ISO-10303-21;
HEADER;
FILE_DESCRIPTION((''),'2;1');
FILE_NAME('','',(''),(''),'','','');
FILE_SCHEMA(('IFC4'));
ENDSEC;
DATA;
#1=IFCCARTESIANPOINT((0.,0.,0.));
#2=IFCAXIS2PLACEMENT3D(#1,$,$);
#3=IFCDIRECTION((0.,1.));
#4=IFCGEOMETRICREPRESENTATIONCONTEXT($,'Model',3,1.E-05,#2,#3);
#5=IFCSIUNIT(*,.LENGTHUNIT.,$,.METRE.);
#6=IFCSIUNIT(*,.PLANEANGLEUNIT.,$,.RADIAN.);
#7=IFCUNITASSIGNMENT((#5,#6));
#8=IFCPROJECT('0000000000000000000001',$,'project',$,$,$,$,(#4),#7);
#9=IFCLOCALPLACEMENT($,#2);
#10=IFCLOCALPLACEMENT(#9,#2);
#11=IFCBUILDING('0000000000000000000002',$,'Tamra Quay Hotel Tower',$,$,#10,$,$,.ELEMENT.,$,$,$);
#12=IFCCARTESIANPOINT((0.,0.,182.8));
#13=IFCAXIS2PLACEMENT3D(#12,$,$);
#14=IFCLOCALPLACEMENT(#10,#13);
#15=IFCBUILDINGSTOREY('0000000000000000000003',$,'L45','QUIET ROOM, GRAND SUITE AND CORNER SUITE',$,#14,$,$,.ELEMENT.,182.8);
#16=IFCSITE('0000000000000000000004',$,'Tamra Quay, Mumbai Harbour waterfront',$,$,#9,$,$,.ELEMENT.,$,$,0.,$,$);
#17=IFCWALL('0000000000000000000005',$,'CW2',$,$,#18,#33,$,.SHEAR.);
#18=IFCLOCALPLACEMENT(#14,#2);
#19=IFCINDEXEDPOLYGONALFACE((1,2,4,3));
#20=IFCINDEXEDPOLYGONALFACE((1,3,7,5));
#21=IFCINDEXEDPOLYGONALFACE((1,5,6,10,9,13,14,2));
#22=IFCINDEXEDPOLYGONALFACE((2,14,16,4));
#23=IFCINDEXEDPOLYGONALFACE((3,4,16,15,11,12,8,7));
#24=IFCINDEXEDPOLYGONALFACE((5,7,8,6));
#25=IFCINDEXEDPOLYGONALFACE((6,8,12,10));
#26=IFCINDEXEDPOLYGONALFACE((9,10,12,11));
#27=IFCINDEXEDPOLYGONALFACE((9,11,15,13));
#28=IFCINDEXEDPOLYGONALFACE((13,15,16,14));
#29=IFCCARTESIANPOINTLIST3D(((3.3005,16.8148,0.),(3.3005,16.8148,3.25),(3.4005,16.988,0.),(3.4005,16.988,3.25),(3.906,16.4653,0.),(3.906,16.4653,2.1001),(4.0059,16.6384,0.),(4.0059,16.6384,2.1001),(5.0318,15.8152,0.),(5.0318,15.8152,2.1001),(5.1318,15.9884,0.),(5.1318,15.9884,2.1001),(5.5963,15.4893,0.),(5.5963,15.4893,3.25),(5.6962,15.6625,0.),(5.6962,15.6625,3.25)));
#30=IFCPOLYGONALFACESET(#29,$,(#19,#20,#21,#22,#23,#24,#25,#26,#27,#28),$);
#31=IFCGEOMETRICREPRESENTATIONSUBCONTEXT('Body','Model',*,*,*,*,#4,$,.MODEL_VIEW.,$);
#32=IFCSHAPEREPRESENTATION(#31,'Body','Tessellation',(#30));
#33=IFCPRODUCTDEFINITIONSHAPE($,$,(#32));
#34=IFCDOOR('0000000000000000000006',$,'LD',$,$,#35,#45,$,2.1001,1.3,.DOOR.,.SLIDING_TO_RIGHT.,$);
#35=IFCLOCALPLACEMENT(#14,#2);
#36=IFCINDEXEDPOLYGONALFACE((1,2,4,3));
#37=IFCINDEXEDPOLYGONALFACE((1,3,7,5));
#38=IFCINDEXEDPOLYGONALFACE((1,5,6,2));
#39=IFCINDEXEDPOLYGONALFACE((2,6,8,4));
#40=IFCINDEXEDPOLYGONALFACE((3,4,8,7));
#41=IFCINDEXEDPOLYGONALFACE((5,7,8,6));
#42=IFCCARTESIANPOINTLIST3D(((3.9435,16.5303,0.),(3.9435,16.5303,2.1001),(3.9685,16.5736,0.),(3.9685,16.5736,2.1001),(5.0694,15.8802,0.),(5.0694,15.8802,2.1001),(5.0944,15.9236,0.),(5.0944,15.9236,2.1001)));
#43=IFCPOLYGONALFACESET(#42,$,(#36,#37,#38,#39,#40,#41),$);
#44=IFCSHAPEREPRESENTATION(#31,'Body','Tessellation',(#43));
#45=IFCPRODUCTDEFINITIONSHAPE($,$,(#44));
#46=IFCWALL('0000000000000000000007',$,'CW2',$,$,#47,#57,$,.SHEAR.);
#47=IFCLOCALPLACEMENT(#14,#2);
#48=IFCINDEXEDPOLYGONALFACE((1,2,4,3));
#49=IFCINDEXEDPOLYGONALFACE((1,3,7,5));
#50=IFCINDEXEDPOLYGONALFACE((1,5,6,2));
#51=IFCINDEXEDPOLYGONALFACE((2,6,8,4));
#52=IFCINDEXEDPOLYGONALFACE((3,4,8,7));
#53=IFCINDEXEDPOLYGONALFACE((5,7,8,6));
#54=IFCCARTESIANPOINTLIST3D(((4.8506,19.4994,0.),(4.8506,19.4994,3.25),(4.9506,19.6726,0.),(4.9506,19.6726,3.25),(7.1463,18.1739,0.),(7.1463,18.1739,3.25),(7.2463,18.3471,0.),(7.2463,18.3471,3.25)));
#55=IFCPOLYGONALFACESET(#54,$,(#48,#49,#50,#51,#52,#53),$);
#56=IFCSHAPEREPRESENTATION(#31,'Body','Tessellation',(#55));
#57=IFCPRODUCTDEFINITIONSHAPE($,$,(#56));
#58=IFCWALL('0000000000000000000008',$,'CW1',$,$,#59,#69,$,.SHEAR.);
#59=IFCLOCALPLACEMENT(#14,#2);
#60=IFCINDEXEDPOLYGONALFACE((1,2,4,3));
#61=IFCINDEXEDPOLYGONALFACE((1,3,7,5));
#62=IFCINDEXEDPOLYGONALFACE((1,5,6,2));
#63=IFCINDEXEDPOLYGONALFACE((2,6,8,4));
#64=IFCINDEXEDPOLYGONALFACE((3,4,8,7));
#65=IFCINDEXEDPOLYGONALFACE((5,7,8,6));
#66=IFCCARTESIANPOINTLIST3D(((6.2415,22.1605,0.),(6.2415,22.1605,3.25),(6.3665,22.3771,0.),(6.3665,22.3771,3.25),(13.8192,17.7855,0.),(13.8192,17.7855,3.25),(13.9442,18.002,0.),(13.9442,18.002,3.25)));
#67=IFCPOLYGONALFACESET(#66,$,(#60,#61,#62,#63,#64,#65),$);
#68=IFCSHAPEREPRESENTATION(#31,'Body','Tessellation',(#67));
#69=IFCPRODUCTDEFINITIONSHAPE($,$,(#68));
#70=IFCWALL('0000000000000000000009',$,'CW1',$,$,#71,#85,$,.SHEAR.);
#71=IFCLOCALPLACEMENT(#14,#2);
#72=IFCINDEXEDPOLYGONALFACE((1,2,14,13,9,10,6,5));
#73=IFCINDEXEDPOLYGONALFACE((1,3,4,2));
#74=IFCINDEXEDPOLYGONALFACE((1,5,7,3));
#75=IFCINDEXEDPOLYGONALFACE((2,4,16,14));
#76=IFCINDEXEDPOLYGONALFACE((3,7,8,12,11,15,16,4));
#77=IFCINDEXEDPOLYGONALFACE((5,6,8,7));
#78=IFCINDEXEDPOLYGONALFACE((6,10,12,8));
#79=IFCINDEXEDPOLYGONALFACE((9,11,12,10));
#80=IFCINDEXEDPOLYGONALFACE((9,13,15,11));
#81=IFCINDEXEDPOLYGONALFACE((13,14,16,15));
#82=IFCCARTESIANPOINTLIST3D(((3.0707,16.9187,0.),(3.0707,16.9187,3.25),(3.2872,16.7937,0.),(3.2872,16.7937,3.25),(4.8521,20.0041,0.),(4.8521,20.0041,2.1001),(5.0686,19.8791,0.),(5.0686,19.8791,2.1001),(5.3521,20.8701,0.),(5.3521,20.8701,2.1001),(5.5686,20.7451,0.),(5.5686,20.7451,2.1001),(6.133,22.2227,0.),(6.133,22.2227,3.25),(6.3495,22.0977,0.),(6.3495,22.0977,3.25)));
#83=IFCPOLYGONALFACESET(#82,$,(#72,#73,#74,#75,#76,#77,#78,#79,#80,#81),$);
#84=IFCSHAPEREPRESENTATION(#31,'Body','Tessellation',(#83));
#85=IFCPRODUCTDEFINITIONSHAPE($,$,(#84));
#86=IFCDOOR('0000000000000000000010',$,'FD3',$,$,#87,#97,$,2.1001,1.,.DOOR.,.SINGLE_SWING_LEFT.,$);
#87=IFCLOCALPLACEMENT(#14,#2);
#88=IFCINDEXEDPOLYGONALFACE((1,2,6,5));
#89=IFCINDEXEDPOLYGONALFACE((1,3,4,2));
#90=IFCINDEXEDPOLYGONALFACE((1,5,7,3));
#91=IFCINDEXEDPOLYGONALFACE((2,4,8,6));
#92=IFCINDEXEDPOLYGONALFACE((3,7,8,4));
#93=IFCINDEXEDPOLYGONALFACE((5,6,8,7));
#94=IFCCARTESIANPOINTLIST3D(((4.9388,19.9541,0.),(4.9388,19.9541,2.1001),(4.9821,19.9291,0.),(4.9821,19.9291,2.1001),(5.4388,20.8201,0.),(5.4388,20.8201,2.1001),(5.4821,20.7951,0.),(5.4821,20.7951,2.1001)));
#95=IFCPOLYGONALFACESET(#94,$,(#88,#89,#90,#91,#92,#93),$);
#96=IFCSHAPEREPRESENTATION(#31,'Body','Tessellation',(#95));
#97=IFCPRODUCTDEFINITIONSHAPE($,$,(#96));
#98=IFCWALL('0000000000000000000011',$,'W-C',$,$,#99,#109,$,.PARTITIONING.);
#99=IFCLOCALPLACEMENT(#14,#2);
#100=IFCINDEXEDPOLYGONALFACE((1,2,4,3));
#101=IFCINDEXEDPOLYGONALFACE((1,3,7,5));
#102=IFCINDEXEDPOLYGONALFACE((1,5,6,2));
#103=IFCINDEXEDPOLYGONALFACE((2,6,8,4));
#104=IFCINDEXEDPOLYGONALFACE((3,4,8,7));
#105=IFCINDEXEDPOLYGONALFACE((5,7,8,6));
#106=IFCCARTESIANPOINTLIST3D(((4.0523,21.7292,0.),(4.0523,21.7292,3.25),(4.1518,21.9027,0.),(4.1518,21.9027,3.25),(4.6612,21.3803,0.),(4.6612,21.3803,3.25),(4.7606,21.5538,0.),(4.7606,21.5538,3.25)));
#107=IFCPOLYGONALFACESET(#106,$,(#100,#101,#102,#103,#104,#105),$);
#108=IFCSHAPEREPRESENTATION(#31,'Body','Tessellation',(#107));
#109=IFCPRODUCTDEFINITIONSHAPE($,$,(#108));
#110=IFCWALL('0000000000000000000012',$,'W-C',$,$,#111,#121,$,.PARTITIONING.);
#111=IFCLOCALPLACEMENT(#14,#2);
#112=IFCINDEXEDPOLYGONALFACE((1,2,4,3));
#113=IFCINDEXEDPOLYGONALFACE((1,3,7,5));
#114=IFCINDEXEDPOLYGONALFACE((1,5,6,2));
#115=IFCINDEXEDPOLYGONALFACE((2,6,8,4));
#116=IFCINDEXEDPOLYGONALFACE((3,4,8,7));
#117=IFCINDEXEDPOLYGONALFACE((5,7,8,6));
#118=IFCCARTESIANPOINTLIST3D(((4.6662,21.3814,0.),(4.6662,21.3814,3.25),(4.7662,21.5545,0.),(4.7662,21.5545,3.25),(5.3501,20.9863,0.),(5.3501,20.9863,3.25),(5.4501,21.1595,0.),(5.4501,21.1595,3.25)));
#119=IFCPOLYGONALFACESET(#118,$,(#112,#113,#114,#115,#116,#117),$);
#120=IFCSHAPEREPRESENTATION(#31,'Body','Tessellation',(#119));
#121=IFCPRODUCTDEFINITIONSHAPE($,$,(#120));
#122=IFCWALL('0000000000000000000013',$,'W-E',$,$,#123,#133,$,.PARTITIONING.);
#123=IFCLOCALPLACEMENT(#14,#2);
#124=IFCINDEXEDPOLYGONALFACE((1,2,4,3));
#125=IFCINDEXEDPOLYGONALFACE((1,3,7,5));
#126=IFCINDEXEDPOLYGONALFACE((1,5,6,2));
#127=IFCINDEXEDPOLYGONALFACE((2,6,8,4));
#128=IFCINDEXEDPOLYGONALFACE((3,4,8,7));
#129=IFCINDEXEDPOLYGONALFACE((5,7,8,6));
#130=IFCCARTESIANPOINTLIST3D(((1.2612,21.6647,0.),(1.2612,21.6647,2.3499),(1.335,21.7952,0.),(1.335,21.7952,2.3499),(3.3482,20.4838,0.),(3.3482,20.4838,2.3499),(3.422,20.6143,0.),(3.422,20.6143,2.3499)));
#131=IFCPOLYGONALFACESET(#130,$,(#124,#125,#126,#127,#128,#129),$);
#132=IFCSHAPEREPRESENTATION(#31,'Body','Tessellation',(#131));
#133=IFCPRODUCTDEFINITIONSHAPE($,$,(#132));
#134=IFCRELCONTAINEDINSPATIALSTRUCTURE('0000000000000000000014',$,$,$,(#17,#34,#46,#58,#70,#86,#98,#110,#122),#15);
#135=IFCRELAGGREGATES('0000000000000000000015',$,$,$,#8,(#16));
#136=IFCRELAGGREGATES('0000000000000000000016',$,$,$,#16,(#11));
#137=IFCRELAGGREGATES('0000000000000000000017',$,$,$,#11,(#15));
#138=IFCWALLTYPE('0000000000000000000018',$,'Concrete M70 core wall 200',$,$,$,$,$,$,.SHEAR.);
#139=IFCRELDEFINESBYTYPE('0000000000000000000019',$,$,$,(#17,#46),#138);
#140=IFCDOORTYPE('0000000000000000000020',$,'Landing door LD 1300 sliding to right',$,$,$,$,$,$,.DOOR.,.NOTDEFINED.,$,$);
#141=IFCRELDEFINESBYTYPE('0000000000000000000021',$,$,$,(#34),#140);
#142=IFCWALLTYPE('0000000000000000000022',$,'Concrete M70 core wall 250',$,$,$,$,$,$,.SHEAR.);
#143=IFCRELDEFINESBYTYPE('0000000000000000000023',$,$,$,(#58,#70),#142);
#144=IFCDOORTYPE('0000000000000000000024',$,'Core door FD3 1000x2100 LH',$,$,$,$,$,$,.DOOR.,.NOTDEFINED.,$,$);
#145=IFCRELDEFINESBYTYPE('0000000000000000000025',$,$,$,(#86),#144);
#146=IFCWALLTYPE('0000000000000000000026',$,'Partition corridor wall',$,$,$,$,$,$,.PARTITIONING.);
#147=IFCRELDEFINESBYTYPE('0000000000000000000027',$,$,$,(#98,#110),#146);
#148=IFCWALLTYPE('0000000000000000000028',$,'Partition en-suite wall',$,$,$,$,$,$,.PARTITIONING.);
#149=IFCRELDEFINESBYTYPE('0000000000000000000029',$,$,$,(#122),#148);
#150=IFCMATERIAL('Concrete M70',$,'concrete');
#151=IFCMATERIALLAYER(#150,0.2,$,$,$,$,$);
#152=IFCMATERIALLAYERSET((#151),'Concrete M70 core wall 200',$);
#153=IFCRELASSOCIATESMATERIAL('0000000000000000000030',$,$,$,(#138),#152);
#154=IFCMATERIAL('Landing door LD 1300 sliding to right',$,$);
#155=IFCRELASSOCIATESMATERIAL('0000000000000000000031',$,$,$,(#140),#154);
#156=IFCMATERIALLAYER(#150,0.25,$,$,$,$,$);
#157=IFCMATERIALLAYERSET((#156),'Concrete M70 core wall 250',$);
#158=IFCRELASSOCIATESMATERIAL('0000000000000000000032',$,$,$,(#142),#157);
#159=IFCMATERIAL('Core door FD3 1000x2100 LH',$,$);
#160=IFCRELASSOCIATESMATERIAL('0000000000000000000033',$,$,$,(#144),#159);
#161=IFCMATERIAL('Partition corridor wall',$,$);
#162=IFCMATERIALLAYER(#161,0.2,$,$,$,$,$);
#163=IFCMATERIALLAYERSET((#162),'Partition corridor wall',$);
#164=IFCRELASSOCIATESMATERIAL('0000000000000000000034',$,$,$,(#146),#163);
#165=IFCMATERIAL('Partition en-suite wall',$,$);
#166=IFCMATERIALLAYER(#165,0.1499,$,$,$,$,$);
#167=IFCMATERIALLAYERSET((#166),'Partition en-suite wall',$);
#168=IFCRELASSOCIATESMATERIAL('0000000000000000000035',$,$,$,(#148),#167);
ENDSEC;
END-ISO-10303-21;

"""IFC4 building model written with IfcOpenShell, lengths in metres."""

from ifc_helpers import new_model, si_unit, direction, frame, frame_2d, origin, place, context, subcontext, project, spatial, rectangle, extrude, material, layer, layer_set, type_object, element, fill, save


model = new_model("IFC4")

# Units and contexts
model_context = context("Model", 3, precision=1e-05, world=origin(), true_north=direction((0.0, 1.0)))
body_context = subcontext(model_context, "Body", "Model", "MODEL_VIEW")
ifc_project = project(units=[si_unit("LENGTHUNIT", "METRE"), si_unit("PLANEANGLEUNIT", "RADIAN")], contexts=[model_context])

# Site, building, storey
site_placement = place(None, origin())
site = spatial("IfcSite", under=ifc_project, at=site_placement, Name="Tamra Quay, Mumbai Harbour waterfront", CompositionType="ELEMENT", RefElevation=0.0)
building_placement = place(site_placement, origin())
building = spatial("IfcBuilding", under=site, at=building_placement, Name="Tamra Quay Hotel Tower", CompositionType="ELEMENT")
storey_placement = place(building_placement, frame((0.0, 0.0, 182.8)))
storey = spatial("IfcBuildingStorey", under=building, at=storey_placement, Name="L45", Description="QUIET ROOM, GRAND SUITE AND CORNER SUITE", CompositionType="ELEMENT", Elevation=182.8)

# Shared definitions
ifc_material_1 = material(Name="Concrete M70", Category="concrete")

# Shared definitions
ifc_layer_1 = layer(ifc_material_1, 0.2)
ifc_layer_set_1 = layer_set([ifc_layer_1], Name="Concrete M70 core wall 200")
wall_type_1 = type_object("IfcWallType", Name="Concrete M70 core wall 200", PredefinedType="SHEAR", material=ifc_layer_set_1)

# Wall, opening, door
wall_1_placement = place(storey_placement, frame((5.6462, 15.5759, 0.0), z_axis=(0.0, 0.0, 1.0), x_axis=(-0.866018, 0.500012, 0.0)))
wall_1 = element("IfcWall", 1, at=wall_1_placement, inside=storey, type_object=wall_type_1, Name="CW2", PredefinedType="SHEAR", context=body_context, shape_type="SweptSolid", body=[
    extrude(rectangle(XDim=2.6509, YDim=0.2, at=frame_2d((1.3254, 0.0))), origin(), (0.0, 0.0, 1.0), 3.25),
])
opening_1_placement = place(wall_1_placement, frame((0.6519, 0.0, 0.0)))
opening_1 = element("IfcOpeningElement", 2, at=opening_1_placement, cuts=wall_1, PredefinedType="OPENING", context=body_context, shape_type="SweptSolid", body=[
    extrude(rectangle(XDim=1.3, YDim=2.1001, at=frame_2d((0.6499, 1.05))), frame((0.0, 0.1099, 0.0), z_axis=(0.0, -1.0, 0.0), x_axis=(1.0, 0.0, 0.0)), (0.0, 0.0, 1.0), 0.22),
])
ifc_material_2 = material(Name="Landing door LD 1300 sliding to right")
door_type_1 = type_object("IfcDoorType", Name="Landing door LD 1300 sliding to right", OperationType="NOTDEFINED", PredefinedType="DOOR", material=ifc_material_2)
door_1_placement = place(opening_1_placement, origin())
door_1 = element("IfcDoor", 3, at=door_1_placement, inside=storey, type_object=door_type_1, Name="LD", OperationType="SLIDING_TO_RIGHT", OverallHeight=2.1001, OverallWidth=1.3, PredefinedType="DOOR", context=body_context, shape_type="SweptSolid", body=[
    extrude(rectangle(XDim=1.3, YDim=2.1001, at=frame_2d((0.6499, 1.05))), frame((0.0, 0.0249, 0.0), z_axis=(0.0, -1.0, 0.0), x_axis=(1.0, 0.0, 0.0)), (0.0, 0.0, 1.0), 0.05),
])
fill(opening_1, door_1)

# Walls
wall_2_placement = place(storey_placement, frame((7.1963, 18.2605, 0.0), z_axis=(0.0, 0.0, 1.0), x_axis=(-0.866018, 0.500012, 0.0)))
element("IfcWall", 4, at=wall_2_placement, inside=storey, type_object=wall_type_1, Name="CW2", PredefinedType="SHEAR", context=body_context, shape_type="SweptSolid", body=[
    extrude(rectangle(XDim=2.6509, YDim=0.2, at=frame_2d((1.3254, 0.0))), origin(), (0.0, 0.0, 1.0), 3.25),
])
ifc_layer_2 = layer(ifc_material_1, 0.25)
ifc_layer_set_2 = layer_set([ifc_layer_2], Name="Concrete M70 core wall 250")
wall_type_2 = type_object("IfcWallType", Name="Concrete M70 core wall 250", PredefinedType="SHEAR", material=ifc_layer_set_2)
wall_3_placement = place(storey_placement, frame((6.304, 22.2688, 0.0), z_axis=(0.0, 0.0, 1.0), x_axis=(0.866023, -0.500004, 0.0)))
element("IfcWall", 5, at=wall_3_placement, inside=storey, type_object=wall_type_2, Name="CW1", PredefinedType="SHEAR", context=body_context, shape_type="SweptSolid", body=[
    extrude(rectangle(XDim=8.75, YDim=0.25, at=frame_2d((4.375, 0.0))), origin(), (0.0, 0.0, 1.0), 3.25),
])

# Wall, opening, door
wall_4_placement = place(storey_placement, frame((3.179, 16.8562, 0.0), z_axis=(0.0, 0.0, 1.0), x_axis=(0.500002, 0.866024, 0.0)))
wall_4 = element("IfcWall", 6, at=wall_4_placement, inside=storey, type_object=wall_type_2, Name="CW1", PredefinedType="SHEAR", context=body_context, shape_type="SweptSolid", body=[
    extrude(rectangle(XDim=6.1245, YDim=0.25, at=frame_2d((3.0623, 0.0))), origin(), (0.0, 0.0, 1.0), 3.25),
])
opening_2_placement = place(wall_4_placement, frame((3.5627, 0.0, 0.0)))
opening_2 = element("IfcOpeningElement", 7, at=opening_2_placement, cuts=wall_4, PredefinedType="OPENING", context=body_context, shape_type="SweptSolid", body=[
    extrude(rectangle(XDim=1.0, YDim=2.1001, at=frame_2d((0.5, 1.05))), frame((0.0, 0.135, 0.0), z_axis=(0.0, -1.0, 0.0), x_axis=(1.0, 0.0, 0.0)), (0.0, 0.0, 1.0), 0.27),
])
ifc_material_3 = material(Name="Core door FD3 1000x2100 LH")
door_type_2 = type_object("IfcDoorType", Name="Core door FD3 1000x2100 LH", OperationType="NOTDEFINED", PredefinedType="DOOR", material=ifc_material_3)
door_2_placement = place(opening_2_placement, origin())
door_2 = element("IfcDoor", 8, at=door_2_placement, inside=storey, type_object=door_type_2, Name="FD3", OperationType="SINGLE_SWING_LEFT", OverallHeight=2.1001, OverallWidth=1.0, PredefinedType="DOOR", context=body_context, shape_type="SweptSolid", body=[
    extrude(rectangle(XDim=1.0, YDim=2.1001, at=frame_2d((0.5, 1.05))), frame((0.0, 0.0249, 0.0), z_axis=(0.0, -1.0, 0.0), x_axis=(1.0, 0.0, 0.0)), (0.0, 0.0, 1.0), 0.05),
])
fill(opening_2, door_2)

# Walls
ifc_material_4 = material(Name="Partition corridor wall")
ifc_layer_3 = layer(ifc_material_4, 0.2)
ifc_layer_set_3 = layer_set([ifc_layer_3], Name="Partition corridor wall")
wall_type_3 = type_object("IfcWallType", Name="Partition corridor wall", PredefinedType="PARTITIONING", material=ifc_layer_set_3)
wall_5_placement = place(storey_placement, frame((4.1021, 21.8159, 0.0), z_axis=(0.0, 0.0, 1.0), x_axis=(0.867665, -0.49715, 0.0)))
element("IfcWall", 9, at=wall_5_placement, inside=storey, type_object=wall_type_3, Name="W-C", PredefinedType="PARTITIONING", context=body_context, shape_type="SweptSolid", body=[
    extrude(rectangle(XDim=0.7017, YDim=0.2, at=frame_2d((0.3508, 0.0))), origin(), (0.0, 0.0, 1.0), 3.25),
])
wall_6_placement = place(storey_placement, frame((4.7161, 21.468, 0.0), z_axis=(0.0, 0.0, 1.0), x_axis=(0.865913, -0.500195, 0.0)))
element("IfcWall", 10, at=wall_6_placement, inside=storey, type_object=wall_type_3, Name="W-C", PredefinedType="PARTITIONING", context=body_context, shape_type="SweptSolid", body=[
    extrude(rectangle(XDim=0.7898, YDim=0.2, at=frame_2d((0.395, 0.0))), origin(), (0.0, 0.0, 1.0), 3.25),
])
ifc_material_5 = material(Name="Partition en-suite wall")
ifc_layer_4 = layer(ifc_material_5, 0.1499)
ifc_layer_set_4 = layer_set([ifc_layer_4], Name="Partition en-suite wall")
wall_type_4 = type_object("IfcWallType", Name="Partition en-suite wall", PredefinedType="PARTITIONING", material=ifc_layer_set_4)
wall_7_placement = place(storey_placement, frame((1.2981, 21.73, 0.0), z_axis=(0.0, 0.0, 1.0), x_axis=(0.870322, -0.492483, 0.0)))
element("IfcWall", 11, at=wall_7_placement, inside=storey, type_object=wall_type_4, Name="W-E", PredefinedType="PARTITIONING", context=body_context, shape_type="SweptSolid", body=[
    extrude(rectangle(XDim=2.3979, YDim=0.1499, at=frame_2d((1.199, 0.0))), origin(), (0.0, 0.0, 1.0), 2.3499),
])

save(model, "model.ifc")
